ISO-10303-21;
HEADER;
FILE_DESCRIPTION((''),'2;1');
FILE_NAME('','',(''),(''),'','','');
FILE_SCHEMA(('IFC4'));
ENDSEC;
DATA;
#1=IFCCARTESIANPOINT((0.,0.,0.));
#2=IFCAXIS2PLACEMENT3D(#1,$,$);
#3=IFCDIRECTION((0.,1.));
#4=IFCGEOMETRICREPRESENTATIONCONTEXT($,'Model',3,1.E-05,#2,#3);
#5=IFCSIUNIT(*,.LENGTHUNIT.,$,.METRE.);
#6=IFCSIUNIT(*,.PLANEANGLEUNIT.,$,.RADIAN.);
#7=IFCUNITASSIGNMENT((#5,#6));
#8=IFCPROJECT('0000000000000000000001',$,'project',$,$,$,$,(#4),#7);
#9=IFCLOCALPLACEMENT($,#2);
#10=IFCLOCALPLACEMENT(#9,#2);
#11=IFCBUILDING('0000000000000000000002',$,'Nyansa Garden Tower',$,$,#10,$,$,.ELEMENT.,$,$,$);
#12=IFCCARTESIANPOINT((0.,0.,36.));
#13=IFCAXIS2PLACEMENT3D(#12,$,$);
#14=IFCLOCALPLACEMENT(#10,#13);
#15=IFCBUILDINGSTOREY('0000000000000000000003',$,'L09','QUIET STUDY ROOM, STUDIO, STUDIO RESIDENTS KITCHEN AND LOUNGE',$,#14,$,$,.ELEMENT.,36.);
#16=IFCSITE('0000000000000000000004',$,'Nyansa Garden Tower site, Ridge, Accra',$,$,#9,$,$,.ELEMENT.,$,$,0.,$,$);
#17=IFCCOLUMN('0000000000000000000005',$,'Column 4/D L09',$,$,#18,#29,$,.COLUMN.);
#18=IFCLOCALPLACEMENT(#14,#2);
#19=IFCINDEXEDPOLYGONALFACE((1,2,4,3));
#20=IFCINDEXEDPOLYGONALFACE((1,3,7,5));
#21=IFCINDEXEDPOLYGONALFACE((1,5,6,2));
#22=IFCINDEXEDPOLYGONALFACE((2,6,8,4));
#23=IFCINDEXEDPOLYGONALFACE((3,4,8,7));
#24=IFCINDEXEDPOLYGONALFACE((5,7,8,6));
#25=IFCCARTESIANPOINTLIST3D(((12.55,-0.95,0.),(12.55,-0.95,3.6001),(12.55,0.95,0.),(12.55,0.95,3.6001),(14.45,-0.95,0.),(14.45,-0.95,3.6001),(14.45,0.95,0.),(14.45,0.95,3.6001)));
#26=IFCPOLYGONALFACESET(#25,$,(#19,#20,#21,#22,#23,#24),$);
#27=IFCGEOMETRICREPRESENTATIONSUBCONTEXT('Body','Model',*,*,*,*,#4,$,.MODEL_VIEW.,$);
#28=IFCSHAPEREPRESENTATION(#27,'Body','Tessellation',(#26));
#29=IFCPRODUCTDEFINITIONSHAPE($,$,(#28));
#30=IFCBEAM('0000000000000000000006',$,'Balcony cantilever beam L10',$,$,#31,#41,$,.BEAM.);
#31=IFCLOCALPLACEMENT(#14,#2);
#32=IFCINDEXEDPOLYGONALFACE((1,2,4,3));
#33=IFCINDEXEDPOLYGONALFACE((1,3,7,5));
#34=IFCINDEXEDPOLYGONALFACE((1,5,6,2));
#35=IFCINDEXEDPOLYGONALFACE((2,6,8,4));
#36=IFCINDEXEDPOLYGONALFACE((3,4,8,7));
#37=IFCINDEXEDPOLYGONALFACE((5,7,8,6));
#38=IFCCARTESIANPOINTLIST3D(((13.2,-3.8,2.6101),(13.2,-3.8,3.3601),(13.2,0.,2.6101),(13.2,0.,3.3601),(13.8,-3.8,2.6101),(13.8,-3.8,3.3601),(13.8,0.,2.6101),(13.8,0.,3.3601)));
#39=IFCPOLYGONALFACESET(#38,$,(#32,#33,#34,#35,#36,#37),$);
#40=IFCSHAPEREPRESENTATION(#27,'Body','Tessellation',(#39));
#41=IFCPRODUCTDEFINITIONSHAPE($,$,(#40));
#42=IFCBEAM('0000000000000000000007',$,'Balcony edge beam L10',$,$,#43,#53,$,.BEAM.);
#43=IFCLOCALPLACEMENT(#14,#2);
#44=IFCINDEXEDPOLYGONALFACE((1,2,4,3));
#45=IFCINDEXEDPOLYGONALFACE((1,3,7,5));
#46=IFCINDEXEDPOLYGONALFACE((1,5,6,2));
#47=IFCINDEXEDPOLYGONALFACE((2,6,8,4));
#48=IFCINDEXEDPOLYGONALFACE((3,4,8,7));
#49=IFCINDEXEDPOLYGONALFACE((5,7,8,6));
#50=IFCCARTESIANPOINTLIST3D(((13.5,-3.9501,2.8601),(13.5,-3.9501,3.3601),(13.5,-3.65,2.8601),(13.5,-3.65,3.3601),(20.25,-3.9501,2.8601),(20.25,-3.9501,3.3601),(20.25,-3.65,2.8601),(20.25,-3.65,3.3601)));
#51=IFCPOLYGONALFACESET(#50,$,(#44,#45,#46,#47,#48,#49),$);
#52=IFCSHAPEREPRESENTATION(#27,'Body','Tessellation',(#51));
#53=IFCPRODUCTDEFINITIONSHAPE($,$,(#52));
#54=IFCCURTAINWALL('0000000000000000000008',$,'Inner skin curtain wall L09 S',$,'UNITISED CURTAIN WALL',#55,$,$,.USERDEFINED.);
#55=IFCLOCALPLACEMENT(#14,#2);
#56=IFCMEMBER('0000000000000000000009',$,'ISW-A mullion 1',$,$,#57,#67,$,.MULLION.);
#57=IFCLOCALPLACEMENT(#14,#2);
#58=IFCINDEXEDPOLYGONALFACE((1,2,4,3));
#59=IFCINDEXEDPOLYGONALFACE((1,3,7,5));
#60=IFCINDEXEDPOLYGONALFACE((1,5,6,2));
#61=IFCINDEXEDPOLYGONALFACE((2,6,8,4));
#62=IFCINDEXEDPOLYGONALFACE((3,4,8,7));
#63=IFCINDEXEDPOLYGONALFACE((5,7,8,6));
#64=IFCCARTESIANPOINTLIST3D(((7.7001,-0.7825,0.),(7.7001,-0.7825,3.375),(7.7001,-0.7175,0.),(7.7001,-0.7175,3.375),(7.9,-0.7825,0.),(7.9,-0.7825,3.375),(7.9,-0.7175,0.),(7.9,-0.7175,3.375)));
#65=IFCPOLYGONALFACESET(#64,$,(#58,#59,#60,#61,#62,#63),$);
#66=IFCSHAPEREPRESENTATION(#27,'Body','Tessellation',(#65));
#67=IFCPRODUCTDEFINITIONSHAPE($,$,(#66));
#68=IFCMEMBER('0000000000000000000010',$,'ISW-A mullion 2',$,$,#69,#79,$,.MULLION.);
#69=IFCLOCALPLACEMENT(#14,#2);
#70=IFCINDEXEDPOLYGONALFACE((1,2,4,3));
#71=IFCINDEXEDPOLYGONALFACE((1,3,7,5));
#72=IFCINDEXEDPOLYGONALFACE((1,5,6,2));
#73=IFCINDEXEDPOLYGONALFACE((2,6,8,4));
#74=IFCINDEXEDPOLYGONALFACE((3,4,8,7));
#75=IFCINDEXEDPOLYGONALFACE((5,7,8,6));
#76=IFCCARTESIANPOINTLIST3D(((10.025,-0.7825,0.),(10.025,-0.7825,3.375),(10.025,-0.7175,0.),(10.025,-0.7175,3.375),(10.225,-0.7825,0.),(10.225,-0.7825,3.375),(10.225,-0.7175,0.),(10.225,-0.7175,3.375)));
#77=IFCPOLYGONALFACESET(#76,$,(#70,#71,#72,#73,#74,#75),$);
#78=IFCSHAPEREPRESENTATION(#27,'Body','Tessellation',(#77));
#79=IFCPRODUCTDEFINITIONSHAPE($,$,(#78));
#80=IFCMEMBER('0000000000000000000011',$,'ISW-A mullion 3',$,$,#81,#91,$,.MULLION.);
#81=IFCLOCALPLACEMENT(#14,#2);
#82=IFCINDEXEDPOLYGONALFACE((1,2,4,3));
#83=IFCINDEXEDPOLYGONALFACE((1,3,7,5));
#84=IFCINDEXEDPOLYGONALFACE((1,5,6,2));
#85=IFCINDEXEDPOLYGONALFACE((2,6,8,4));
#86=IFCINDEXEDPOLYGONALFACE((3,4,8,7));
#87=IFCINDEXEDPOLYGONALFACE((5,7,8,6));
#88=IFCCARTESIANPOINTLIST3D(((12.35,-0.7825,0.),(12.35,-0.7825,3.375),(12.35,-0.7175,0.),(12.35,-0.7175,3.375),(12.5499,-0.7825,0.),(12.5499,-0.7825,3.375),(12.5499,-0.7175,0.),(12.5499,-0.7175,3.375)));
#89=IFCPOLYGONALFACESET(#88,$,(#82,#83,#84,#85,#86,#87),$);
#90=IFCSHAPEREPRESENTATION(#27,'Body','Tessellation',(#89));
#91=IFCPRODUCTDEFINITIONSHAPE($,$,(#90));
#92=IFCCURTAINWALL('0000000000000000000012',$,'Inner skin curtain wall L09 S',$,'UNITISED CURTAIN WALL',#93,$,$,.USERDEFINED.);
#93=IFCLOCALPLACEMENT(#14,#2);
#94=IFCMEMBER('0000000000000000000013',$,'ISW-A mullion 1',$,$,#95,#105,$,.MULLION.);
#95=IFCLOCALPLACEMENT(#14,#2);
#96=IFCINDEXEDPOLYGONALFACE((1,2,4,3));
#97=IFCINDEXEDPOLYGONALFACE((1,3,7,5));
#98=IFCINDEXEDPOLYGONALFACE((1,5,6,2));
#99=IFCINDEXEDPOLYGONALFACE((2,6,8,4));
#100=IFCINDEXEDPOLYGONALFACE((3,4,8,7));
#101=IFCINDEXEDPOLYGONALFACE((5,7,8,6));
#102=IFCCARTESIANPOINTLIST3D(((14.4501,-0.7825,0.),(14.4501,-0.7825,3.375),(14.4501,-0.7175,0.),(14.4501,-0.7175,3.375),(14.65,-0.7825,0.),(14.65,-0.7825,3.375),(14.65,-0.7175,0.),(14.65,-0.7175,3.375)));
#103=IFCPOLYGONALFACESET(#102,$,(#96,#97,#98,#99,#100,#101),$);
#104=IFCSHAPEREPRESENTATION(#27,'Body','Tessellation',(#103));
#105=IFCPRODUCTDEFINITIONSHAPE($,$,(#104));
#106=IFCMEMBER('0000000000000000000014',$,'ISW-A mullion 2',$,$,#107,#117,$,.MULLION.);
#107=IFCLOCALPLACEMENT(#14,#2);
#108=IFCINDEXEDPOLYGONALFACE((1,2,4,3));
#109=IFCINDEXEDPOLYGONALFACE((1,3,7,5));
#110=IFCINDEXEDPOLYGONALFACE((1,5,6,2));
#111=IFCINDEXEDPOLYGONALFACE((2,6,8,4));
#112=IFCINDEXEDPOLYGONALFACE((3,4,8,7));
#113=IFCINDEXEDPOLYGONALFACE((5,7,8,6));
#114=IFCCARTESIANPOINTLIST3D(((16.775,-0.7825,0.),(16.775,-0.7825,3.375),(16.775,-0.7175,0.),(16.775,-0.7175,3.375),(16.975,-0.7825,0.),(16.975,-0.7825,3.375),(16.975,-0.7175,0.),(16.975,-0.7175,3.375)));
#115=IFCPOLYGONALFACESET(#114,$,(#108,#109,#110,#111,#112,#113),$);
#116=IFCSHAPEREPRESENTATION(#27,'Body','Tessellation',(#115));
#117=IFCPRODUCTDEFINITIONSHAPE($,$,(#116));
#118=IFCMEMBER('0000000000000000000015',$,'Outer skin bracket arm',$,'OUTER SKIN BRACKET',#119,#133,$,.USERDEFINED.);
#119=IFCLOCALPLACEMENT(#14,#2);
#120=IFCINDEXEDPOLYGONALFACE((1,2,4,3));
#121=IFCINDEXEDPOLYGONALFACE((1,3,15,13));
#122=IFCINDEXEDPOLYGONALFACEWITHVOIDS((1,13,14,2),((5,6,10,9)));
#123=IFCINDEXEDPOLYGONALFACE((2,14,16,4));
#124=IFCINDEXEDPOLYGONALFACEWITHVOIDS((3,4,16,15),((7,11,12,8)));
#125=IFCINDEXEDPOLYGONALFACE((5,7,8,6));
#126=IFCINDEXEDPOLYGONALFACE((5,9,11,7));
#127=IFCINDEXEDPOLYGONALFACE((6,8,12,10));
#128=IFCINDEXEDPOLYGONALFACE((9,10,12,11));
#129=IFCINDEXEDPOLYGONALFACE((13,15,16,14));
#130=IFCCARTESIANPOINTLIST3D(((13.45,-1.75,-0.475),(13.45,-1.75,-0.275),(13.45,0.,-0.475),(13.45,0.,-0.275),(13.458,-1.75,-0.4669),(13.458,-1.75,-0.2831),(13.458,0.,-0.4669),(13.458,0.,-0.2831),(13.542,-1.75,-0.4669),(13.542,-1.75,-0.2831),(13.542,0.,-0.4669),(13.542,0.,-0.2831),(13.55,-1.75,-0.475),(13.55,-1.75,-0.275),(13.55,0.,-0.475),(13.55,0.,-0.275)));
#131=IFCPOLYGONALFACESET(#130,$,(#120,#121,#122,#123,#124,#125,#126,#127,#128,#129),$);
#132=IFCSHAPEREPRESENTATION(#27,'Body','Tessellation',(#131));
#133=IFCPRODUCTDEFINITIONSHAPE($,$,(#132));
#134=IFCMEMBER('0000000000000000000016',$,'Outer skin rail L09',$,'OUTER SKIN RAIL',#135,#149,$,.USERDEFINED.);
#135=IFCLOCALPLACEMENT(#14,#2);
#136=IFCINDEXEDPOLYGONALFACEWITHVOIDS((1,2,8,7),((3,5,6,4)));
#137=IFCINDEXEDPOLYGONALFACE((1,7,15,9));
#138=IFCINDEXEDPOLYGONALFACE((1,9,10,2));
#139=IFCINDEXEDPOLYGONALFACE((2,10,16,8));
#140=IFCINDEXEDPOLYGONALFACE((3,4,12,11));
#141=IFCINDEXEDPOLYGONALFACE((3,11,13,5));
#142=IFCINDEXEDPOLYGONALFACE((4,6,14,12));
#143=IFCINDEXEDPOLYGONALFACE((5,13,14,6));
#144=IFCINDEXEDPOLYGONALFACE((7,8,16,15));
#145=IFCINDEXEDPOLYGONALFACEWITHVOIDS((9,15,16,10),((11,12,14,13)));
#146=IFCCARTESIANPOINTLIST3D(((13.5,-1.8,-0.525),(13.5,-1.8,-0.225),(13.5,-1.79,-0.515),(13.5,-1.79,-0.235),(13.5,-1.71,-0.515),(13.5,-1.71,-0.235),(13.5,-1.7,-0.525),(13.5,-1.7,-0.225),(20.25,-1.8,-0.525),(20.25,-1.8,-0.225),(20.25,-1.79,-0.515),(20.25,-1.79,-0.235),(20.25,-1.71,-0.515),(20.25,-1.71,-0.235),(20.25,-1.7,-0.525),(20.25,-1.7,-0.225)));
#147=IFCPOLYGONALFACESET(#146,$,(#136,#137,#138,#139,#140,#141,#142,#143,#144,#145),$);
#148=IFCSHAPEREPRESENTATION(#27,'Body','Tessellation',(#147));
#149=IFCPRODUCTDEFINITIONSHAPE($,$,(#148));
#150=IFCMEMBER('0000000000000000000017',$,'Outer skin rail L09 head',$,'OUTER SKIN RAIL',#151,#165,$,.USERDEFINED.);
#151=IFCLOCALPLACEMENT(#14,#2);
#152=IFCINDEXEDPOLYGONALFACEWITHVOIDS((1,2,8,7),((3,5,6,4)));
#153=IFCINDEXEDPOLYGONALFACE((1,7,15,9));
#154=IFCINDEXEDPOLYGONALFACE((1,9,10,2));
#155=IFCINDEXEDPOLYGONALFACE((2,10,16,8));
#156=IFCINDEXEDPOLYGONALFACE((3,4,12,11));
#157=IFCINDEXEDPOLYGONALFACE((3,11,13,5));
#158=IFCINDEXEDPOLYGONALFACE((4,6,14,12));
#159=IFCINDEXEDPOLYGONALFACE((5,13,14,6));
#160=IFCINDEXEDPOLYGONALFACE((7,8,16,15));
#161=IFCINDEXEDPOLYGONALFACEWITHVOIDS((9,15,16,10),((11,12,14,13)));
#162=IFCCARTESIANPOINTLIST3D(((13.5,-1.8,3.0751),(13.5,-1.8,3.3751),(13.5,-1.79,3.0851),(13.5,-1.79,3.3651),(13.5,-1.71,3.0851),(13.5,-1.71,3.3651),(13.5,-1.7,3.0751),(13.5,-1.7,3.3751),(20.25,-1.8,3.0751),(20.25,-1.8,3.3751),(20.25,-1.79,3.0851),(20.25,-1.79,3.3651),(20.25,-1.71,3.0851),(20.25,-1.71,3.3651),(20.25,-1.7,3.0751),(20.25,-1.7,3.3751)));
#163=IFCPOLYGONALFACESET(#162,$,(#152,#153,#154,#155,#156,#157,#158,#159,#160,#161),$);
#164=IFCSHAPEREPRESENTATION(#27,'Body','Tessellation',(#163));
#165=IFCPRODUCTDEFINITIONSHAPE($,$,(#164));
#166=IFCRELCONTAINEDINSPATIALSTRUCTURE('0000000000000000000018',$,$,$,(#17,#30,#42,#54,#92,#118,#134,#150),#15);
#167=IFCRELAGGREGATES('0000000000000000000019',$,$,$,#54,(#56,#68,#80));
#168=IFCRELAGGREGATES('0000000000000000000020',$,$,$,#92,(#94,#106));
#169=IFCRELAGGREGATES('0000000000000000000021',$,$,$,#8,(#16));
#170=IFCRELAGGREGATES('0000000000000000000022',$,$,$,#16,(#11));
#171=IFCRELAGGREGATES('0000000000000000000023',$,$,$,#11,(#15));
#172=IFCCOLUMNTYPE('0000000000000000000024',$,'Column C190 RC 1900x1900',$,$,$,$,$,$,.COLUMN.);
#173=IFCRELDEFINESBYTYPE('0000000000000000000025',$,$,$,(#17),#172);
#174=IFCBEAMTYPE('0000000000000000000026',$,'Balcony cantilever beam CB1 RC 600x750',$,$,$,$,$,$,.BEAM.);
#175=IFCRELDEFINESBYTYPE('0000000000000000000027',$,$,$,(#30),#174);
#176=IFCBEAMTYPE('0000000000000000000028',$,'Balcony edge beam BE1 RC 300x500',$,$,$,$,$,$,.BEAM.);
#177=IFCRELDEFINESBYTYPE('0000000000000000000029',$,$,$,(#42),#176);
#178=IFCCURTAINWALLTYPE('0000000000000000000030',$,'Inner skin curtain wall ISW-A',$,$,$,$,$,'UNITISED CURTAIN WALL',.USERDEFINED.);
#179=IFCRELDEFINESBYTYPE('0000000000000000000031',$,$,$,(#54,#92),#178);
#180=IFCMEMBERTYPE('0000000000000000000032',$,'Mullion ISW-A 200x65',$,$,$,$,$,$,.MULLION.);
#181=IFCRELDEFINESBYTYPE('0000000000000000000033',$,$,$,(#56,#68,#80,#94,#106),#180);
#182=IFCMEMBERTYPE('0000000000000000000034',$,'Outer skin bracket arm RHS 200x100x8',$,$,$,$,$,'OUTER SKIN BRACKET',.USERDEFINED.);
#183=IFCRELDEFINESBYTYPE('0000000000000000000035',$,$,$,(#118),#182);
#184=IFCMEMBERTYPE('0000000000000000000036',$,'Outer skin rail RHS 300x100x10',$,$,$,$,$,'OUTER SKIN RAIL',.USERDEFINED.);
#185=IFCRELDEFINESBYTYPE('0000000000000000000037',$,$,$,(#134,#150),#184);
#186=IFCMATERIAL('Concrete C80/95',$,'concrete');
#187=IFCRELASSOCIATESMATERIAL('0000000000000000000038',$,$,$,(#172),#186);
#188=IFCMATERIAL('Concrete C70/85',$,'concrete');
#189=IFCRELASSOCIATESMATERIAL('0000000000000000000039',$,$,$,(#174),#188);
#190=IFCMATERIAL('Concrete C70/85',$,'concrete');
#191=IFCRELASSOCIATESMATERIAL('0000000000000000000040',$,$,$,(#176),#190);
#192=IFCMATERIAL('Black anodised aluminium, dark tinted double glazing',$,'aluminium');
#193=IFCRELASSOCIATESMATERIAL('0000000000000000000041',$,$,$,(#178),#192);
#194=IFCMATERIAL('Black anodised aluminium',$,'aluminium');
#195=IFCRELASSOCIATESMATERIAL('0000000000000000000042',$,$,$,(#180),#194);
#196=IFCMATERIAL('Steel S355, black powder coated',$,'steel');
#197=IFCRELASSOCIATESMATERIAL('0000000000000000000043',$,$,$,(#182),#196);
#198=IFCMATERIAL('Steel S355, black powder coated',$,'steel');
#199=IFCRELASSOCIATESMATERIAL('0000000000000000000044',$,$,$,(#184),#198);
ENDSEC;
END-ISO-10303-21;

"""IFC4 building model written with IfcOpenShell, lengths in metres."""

from ifc_helpers import new_model, si_unit, direction, frame, origin, origin_2d, place, context, subcontext, project, spatial, rectangle, hollow_rectangle, extrude, material, material_profile, profile_set, type_object, element, aggregate, save


model = new_model("IFC4")

# Units and contexts
model_context = context("Model", 3, precision=1e-05, world=origin(), true_north=direction((0.0, 1.0)))
body_context = subcontext(model_context, "Body", "Model", "MODEL_VIEW")
ifc_project = project(units=[si_unit("LENGTHUNIT", "METRE"), si_unit("PLANEANGLEUNIT", "RADIAN")], contexts=[model_context])

# Site, building, storey
site_placement = place(None, origin())
site = spatial("IfcSite", under=ifc_project, at=site_placement, Name="Nyansa Garden Tower site, Ridge, Accra", CompositionType="ELEMENT", RefElevation=0.0)
building_placement = place(site_placement, origin())
building = spatial("IfcBuilding", under=site, at=building_placement, Name="Nyansa Garden Tower", CompositionType="ELEMENT")
storey_placement = place(building_placement, frame((0.0, 0.0, 36.0)))
storey = spatial("IfcBuildingStorey", under=building, at=storey_placement, Name="L09", Description="QUIET STUDY ROOM, STUDIO, STUDIO RESIDENTS KITCHEN AND LOUNGE", CompositionType="ELEMENT", Elevation=36.0)

# Column
ifc_material_1 = material(Name="Concrete C80/95", Category="concrete")
ifc_material_profile_1 = material_profile(ifc_material_1, rectangle(XDim=1.8999, YDim=1.8999, at=origin_2d()), Name="RC 1900x1900")
ifc_profile_set_1 = profile_set([ifc_material_profile_1], Name="Concrete C80/95")
column_type = type_object("IfcColumnType", Name="Column C190 RC 1900x1900", PredefinedType="COLUMN", material=ifc_profile_set_1)
column_placement = place(storey_placement, frame((13.5, 0.0, 0.0), z_axis=(0.0, 0.0, 1.0), x_axis=(1.0, 0.0, 0.0)))
element("IfcColumn", 1, at=column_placement, inside=storey, type_object=column_type, Name="Column 4/D L09", PredefinedType="COLUMN", context=body_context, shape_type="SweptSolid", body=[
    extrude(rectangle(XDim=1.8999, YDim=1.8999, at=origin_2d()), origin(), (0.0, 0.0, 1.0), 3.6001),
])

# Beams
ifc_material_2 = material(Name="Concrete C70/85", Category="concrete")
ifc_material_profile_2 = material_profile(ifc_material_2, rectangle(XDim=0.6001, YDim=0.75, at=origin_2d()), Name="RC 600x750")
ifc_profile_set_2 = profile_set([ifc_material_profile_2], Name="Concrete C70/85")
beam_type_1 = type_object("IfcBeamType", Name="Balcony cantilever beam CB1 RC 600x750", PredefinedType="BEAM", material=ifc_profile_set_2)
beam_1_placement = place(storey_placement, frame((13.5, 0.0, 2.9851), z_axis=(0.0, -1.0, 0.0), x_axis=(1.0, 0.0, 0.0)))
element("IfcBeam", 2, at=beam_1_placement, inside=storey, type_object=beam_type_1, Name="Balcony cantilever beam L10", PredefinedType="BEAM", context=body_context, shape_type="SweptSolid", body=[
    extrude(rectangle(XDim=0.6001, YDim=0.75, at=origin_2d()), origin(), (0.0, 0.0, 1.0), 3.8),
])
ifc_material_3 = material(Name="Concrete C70/85", Category="concrete")
ifc_material_profile_3 = material_profile(ifc_material_3, rectangle(XDim=0.3, YDim=0.5, at=origin_2d()), Name="RC 300x500")
ifc_profile_set_3 = profile_set([ifc_material_profile_3], Name="Concrete C70/85")
beam_type_2 = type_object("IfcBeamType", Name="Balcony edge beam BE1 RC 300x500", PredefinedType="BEAM", material=ifc_profile_set_3)
beam_2_placement = place(storey_placement, frame((13.5, -3.8, 3.1101), z_axis=(1.0, 0.0, 0.0), x_axis=(0.0, 1.0, 0.0)))
element("IfcBeam", 3, at=beam_2_placement, inside=storey, type_object=beam_type_2, Name="Balcony edge beam L10", PredefinedType="BEAM", context=body_context, shape_type="SweptSolid", body=[
    extrude(rectangle(XDim=0.3, YDim=0.5, at=origin_2d()), origin(), (0.0, 0.0, 1.0), 6.75),
])

# Curtain walls, members
ifc_material_4 = material(Name="Black anodised aluminium, dark tinted double glazing", Category="aluminium")
curtain_wall_type = type_object("IfcCurtainWallType", Name="Inner skin curtain wall ISW-A", ElementType="UNITISED CURTAIN WALL", PredefinedType="USERDEFINED", material=ifc_material_4)
curtain_wall_1_placement = place(storey_placement, origin())
curtain_wall_1 = element("IfcCurtainWall", 4, at=curtain_wall_1_placement, inside=storey, type_object=curtain_wall_type, Name="Inner skin curtain wall L09 S", ObjectType="UNITISED CURTAIN WALL", PredefinedType="USERDEFINED")
ifc_material_5 = material(Name="Black anodised aluminium", Category="aluminium")
ifc_material_profile_4 = material_profile(ifc_material_5, rectangle(XDim=0.0649, YDim=0.2, at=origin_2d()), Name="Mullion 200x65")
ifc_profile_set_4 = profile_set([ifc_material_profile_4], Name="Black anodised aluminium")
member_type_1 = type_object("IfcMemberType", Name="Mullion ISW-A 200x65", PredefinedType="MULLION", material=ifc_profile_set_4)
member_1_placement = place(storey_placement, frame((7.8, -0.75, 0.0), z_axis=(0.0, 0.0, 1.0), x_axis=(0.0, 1.0, 0.0)))
member_1 = element("IfcMember", 5, at=member_1_placement, type_object=member_type_1, Name="ISW-A mullion 1", PredefinedType="MULLION", context=body_context, shape_type="SweptSolid", body=[
    extrude(rectangle(XDim=0.0649, YDim=0.2, at=origin_2d()), origin(), (0.0, 0.0, 1.0), 3.375),
])
member_2_placement = place(storey_placement, frame((10.125, -0.75, 0.0), z_axis=(0.0, 0.0, 1.0), x_axis=(0.0, 1.0, 0.0)))
member_2 = element("IfcMember", 6, at=member_2_placement, type_object=member_type_1, Name="ISW-A mullion 2", PredefinedType="MULLION", context=body_context, shape_type="SweptSolid", body=[
    extrude(rectangle(XDim=0.0649, YDim=0.2, at=origin_2d()), origin(), (0.0, 0.0, 1.0), 3.375),
])
member_3_placement = place(storey_placement, frame((12.45, -0.75, 0.0), z_axis=(0.0, 0.0, 1.0), x_axis=(0.0, 1.0, 0.0)))
member_3 = element("IfcMember", 7, at=member_3_placement, type_object=member_type_1, Name="ISW-A mullion 3", PredefinedType="MULLION", context=body_context, shape_type="SweptSolid", body=[
    extrude(rectangle(XDim=0.0649, YDim=0.2, at=origin_2d()), origin(), (0.0, 0.0, 1.0), 3.375),
])
curtain_wall_2_placement = place(storey_placement, origin())
curtain_wall_2 = element("IfcCurtainWall", 8, at=curtain_wall_2_placement, inside=storey, type_object=curtain_wall_type, Name="Inner skin curtain wall L09 S", ObjectType="UNITISED CURTAIN WALL", PredefinedType="USERDEFINED")
member_4_placement = place(storey_placement, frame((14.55, -0.75, 0.0), z_axis=(0.0, 0.0, 1.0), x_axis=(0.0, 1.0, 0.0)))
member_4 = element("IfcMember", 9, at=member_4_placement, type_object=member_type_1, Name="ISW-A mullion 1", PredefinedType="MULLION", context=body_context, shape_type="SweptSolid", body=[
    extrude(rectangle(XDim=0.0649, YDim=0.2, at=origin_2d()), origin(), (0.0, 0.0, 1.0), 3.375),
])
member_5_placement = place(storey_placement, frame((16.875, -0.75, 0.0), z_axis=(0.0, 0.0, 1.0), x_axis=(0.0, 1.0, 0.0)))
member_5 = element("IfcMember", 10, at=member_5_placement, type_object=member_type_1, Name="ISW-A mullion 2", PredefinedType="MULLION", context=body_context, shape_type="SweptSolid", body=[
    extrude(rectangle(XDim=0.0649, YDim=0.2, at=origin_2d()), origin(), (0.0, 0.0, 1.0), 3.375),
])

# Members
ifc_material_6 = material(Name="Steel S355, black powder coated", Category="steel")
ifc_material_profile_5 = material_profile(ifc_material_6, hollow_rectangle(XDim=0.1001, YDim=0.2, WallThickness=0.0081, at=origin_2d()), Name="RHS 200x100x8")
ifc_profile_set_5 = profile_set([ifc_material_profile_5], Name="Steel S355, black powder coated")
member_type_2 = type_object("IfcMemberType", Name="Outer skin bracket arm RHS 200x100x8", ElementType="OUTER SKIN BRACKET", PredefinedType="USERDEFINED", material=ifc_profile_set_5)
member_6_placement = place(storey_placement, frame((13.5, 0.0, -0.375), z_axis=(0.0, -1.0, 0.0), x_axis=(1.0, 0.0, 0.0)))
element("IfcMember", 11, at=member_6_placement, inside=storey, type_object=member_type_2, Name="Outer skin bracket arm", ObjectType="OUTER SKIN BRACKET", PredefinedType="USERDEFINED", context=body_context, shape_type="SweptSolid", body=[
    extrude(hollow_rectangle(XDim=0.1001, YDim=0.2, WallThickness=0.0081, at=origin_2d()), origin(), (0.0, 0.0, 1.0), 1.75),
])
ifc_material_7 = material(Name="Steel S355, black powder coated", Category="steel")
ifc_material_profile_6 = material_profile(ifc_material_7, hollow_rectangle(XDim=0.1001, YDim=0.3, WallThickness=0.01, at=origin_2d()), Name="RHS 300x100x10")
ifc_profile_set_6 = profile_set([ifc_material_profile_6], Name="Steel S355, black powder coated")
member_type_3 = type_object("IfcMemberType", Name="Outer skin rail RHS 300x100x10", ElementType="OUTER SKIN RAIL", PredefinedType="USERDEFINED", material=ifc_profile_set_6)
for number, where, z_axis, x_axis, name in (
    (12, (13.5, -1.75, -0.375), (1.0, 0.0, 0.0), (0.0, 1.0, 0.0), "Outer skin rail L09"),
    (13, (13.5, -1.75, 3.2251), (1.0, 0.0, 0.0), (0.0, 1.0, 0.0), "Outer skin rail L09 head"),
):
    element("IfcMember", number, at=place(storey_placement, frame(where, z_axis=z_axis, x_axis=x_axis)), inside=storey, type_object=member_type_3, Name=name, ObjectType="OUTER SKIN RAIL", PredefinedType="USERDEFINED", context=body_context, shape_type="SweptSolid", body=[
        extrude(hollow_rectangle(XDim=0.1001, YDim=0.3, WallThickness=0.01, at=origin_2d()), origin(), (0.0, 0.0, 1.0), 6.75),
    ])

aggregate(curtain_wall_1, [member_1, member_2, member_3])
aggregate(curtain_wall_2, [member_4, member_5])

save(model, "model.ifc")
